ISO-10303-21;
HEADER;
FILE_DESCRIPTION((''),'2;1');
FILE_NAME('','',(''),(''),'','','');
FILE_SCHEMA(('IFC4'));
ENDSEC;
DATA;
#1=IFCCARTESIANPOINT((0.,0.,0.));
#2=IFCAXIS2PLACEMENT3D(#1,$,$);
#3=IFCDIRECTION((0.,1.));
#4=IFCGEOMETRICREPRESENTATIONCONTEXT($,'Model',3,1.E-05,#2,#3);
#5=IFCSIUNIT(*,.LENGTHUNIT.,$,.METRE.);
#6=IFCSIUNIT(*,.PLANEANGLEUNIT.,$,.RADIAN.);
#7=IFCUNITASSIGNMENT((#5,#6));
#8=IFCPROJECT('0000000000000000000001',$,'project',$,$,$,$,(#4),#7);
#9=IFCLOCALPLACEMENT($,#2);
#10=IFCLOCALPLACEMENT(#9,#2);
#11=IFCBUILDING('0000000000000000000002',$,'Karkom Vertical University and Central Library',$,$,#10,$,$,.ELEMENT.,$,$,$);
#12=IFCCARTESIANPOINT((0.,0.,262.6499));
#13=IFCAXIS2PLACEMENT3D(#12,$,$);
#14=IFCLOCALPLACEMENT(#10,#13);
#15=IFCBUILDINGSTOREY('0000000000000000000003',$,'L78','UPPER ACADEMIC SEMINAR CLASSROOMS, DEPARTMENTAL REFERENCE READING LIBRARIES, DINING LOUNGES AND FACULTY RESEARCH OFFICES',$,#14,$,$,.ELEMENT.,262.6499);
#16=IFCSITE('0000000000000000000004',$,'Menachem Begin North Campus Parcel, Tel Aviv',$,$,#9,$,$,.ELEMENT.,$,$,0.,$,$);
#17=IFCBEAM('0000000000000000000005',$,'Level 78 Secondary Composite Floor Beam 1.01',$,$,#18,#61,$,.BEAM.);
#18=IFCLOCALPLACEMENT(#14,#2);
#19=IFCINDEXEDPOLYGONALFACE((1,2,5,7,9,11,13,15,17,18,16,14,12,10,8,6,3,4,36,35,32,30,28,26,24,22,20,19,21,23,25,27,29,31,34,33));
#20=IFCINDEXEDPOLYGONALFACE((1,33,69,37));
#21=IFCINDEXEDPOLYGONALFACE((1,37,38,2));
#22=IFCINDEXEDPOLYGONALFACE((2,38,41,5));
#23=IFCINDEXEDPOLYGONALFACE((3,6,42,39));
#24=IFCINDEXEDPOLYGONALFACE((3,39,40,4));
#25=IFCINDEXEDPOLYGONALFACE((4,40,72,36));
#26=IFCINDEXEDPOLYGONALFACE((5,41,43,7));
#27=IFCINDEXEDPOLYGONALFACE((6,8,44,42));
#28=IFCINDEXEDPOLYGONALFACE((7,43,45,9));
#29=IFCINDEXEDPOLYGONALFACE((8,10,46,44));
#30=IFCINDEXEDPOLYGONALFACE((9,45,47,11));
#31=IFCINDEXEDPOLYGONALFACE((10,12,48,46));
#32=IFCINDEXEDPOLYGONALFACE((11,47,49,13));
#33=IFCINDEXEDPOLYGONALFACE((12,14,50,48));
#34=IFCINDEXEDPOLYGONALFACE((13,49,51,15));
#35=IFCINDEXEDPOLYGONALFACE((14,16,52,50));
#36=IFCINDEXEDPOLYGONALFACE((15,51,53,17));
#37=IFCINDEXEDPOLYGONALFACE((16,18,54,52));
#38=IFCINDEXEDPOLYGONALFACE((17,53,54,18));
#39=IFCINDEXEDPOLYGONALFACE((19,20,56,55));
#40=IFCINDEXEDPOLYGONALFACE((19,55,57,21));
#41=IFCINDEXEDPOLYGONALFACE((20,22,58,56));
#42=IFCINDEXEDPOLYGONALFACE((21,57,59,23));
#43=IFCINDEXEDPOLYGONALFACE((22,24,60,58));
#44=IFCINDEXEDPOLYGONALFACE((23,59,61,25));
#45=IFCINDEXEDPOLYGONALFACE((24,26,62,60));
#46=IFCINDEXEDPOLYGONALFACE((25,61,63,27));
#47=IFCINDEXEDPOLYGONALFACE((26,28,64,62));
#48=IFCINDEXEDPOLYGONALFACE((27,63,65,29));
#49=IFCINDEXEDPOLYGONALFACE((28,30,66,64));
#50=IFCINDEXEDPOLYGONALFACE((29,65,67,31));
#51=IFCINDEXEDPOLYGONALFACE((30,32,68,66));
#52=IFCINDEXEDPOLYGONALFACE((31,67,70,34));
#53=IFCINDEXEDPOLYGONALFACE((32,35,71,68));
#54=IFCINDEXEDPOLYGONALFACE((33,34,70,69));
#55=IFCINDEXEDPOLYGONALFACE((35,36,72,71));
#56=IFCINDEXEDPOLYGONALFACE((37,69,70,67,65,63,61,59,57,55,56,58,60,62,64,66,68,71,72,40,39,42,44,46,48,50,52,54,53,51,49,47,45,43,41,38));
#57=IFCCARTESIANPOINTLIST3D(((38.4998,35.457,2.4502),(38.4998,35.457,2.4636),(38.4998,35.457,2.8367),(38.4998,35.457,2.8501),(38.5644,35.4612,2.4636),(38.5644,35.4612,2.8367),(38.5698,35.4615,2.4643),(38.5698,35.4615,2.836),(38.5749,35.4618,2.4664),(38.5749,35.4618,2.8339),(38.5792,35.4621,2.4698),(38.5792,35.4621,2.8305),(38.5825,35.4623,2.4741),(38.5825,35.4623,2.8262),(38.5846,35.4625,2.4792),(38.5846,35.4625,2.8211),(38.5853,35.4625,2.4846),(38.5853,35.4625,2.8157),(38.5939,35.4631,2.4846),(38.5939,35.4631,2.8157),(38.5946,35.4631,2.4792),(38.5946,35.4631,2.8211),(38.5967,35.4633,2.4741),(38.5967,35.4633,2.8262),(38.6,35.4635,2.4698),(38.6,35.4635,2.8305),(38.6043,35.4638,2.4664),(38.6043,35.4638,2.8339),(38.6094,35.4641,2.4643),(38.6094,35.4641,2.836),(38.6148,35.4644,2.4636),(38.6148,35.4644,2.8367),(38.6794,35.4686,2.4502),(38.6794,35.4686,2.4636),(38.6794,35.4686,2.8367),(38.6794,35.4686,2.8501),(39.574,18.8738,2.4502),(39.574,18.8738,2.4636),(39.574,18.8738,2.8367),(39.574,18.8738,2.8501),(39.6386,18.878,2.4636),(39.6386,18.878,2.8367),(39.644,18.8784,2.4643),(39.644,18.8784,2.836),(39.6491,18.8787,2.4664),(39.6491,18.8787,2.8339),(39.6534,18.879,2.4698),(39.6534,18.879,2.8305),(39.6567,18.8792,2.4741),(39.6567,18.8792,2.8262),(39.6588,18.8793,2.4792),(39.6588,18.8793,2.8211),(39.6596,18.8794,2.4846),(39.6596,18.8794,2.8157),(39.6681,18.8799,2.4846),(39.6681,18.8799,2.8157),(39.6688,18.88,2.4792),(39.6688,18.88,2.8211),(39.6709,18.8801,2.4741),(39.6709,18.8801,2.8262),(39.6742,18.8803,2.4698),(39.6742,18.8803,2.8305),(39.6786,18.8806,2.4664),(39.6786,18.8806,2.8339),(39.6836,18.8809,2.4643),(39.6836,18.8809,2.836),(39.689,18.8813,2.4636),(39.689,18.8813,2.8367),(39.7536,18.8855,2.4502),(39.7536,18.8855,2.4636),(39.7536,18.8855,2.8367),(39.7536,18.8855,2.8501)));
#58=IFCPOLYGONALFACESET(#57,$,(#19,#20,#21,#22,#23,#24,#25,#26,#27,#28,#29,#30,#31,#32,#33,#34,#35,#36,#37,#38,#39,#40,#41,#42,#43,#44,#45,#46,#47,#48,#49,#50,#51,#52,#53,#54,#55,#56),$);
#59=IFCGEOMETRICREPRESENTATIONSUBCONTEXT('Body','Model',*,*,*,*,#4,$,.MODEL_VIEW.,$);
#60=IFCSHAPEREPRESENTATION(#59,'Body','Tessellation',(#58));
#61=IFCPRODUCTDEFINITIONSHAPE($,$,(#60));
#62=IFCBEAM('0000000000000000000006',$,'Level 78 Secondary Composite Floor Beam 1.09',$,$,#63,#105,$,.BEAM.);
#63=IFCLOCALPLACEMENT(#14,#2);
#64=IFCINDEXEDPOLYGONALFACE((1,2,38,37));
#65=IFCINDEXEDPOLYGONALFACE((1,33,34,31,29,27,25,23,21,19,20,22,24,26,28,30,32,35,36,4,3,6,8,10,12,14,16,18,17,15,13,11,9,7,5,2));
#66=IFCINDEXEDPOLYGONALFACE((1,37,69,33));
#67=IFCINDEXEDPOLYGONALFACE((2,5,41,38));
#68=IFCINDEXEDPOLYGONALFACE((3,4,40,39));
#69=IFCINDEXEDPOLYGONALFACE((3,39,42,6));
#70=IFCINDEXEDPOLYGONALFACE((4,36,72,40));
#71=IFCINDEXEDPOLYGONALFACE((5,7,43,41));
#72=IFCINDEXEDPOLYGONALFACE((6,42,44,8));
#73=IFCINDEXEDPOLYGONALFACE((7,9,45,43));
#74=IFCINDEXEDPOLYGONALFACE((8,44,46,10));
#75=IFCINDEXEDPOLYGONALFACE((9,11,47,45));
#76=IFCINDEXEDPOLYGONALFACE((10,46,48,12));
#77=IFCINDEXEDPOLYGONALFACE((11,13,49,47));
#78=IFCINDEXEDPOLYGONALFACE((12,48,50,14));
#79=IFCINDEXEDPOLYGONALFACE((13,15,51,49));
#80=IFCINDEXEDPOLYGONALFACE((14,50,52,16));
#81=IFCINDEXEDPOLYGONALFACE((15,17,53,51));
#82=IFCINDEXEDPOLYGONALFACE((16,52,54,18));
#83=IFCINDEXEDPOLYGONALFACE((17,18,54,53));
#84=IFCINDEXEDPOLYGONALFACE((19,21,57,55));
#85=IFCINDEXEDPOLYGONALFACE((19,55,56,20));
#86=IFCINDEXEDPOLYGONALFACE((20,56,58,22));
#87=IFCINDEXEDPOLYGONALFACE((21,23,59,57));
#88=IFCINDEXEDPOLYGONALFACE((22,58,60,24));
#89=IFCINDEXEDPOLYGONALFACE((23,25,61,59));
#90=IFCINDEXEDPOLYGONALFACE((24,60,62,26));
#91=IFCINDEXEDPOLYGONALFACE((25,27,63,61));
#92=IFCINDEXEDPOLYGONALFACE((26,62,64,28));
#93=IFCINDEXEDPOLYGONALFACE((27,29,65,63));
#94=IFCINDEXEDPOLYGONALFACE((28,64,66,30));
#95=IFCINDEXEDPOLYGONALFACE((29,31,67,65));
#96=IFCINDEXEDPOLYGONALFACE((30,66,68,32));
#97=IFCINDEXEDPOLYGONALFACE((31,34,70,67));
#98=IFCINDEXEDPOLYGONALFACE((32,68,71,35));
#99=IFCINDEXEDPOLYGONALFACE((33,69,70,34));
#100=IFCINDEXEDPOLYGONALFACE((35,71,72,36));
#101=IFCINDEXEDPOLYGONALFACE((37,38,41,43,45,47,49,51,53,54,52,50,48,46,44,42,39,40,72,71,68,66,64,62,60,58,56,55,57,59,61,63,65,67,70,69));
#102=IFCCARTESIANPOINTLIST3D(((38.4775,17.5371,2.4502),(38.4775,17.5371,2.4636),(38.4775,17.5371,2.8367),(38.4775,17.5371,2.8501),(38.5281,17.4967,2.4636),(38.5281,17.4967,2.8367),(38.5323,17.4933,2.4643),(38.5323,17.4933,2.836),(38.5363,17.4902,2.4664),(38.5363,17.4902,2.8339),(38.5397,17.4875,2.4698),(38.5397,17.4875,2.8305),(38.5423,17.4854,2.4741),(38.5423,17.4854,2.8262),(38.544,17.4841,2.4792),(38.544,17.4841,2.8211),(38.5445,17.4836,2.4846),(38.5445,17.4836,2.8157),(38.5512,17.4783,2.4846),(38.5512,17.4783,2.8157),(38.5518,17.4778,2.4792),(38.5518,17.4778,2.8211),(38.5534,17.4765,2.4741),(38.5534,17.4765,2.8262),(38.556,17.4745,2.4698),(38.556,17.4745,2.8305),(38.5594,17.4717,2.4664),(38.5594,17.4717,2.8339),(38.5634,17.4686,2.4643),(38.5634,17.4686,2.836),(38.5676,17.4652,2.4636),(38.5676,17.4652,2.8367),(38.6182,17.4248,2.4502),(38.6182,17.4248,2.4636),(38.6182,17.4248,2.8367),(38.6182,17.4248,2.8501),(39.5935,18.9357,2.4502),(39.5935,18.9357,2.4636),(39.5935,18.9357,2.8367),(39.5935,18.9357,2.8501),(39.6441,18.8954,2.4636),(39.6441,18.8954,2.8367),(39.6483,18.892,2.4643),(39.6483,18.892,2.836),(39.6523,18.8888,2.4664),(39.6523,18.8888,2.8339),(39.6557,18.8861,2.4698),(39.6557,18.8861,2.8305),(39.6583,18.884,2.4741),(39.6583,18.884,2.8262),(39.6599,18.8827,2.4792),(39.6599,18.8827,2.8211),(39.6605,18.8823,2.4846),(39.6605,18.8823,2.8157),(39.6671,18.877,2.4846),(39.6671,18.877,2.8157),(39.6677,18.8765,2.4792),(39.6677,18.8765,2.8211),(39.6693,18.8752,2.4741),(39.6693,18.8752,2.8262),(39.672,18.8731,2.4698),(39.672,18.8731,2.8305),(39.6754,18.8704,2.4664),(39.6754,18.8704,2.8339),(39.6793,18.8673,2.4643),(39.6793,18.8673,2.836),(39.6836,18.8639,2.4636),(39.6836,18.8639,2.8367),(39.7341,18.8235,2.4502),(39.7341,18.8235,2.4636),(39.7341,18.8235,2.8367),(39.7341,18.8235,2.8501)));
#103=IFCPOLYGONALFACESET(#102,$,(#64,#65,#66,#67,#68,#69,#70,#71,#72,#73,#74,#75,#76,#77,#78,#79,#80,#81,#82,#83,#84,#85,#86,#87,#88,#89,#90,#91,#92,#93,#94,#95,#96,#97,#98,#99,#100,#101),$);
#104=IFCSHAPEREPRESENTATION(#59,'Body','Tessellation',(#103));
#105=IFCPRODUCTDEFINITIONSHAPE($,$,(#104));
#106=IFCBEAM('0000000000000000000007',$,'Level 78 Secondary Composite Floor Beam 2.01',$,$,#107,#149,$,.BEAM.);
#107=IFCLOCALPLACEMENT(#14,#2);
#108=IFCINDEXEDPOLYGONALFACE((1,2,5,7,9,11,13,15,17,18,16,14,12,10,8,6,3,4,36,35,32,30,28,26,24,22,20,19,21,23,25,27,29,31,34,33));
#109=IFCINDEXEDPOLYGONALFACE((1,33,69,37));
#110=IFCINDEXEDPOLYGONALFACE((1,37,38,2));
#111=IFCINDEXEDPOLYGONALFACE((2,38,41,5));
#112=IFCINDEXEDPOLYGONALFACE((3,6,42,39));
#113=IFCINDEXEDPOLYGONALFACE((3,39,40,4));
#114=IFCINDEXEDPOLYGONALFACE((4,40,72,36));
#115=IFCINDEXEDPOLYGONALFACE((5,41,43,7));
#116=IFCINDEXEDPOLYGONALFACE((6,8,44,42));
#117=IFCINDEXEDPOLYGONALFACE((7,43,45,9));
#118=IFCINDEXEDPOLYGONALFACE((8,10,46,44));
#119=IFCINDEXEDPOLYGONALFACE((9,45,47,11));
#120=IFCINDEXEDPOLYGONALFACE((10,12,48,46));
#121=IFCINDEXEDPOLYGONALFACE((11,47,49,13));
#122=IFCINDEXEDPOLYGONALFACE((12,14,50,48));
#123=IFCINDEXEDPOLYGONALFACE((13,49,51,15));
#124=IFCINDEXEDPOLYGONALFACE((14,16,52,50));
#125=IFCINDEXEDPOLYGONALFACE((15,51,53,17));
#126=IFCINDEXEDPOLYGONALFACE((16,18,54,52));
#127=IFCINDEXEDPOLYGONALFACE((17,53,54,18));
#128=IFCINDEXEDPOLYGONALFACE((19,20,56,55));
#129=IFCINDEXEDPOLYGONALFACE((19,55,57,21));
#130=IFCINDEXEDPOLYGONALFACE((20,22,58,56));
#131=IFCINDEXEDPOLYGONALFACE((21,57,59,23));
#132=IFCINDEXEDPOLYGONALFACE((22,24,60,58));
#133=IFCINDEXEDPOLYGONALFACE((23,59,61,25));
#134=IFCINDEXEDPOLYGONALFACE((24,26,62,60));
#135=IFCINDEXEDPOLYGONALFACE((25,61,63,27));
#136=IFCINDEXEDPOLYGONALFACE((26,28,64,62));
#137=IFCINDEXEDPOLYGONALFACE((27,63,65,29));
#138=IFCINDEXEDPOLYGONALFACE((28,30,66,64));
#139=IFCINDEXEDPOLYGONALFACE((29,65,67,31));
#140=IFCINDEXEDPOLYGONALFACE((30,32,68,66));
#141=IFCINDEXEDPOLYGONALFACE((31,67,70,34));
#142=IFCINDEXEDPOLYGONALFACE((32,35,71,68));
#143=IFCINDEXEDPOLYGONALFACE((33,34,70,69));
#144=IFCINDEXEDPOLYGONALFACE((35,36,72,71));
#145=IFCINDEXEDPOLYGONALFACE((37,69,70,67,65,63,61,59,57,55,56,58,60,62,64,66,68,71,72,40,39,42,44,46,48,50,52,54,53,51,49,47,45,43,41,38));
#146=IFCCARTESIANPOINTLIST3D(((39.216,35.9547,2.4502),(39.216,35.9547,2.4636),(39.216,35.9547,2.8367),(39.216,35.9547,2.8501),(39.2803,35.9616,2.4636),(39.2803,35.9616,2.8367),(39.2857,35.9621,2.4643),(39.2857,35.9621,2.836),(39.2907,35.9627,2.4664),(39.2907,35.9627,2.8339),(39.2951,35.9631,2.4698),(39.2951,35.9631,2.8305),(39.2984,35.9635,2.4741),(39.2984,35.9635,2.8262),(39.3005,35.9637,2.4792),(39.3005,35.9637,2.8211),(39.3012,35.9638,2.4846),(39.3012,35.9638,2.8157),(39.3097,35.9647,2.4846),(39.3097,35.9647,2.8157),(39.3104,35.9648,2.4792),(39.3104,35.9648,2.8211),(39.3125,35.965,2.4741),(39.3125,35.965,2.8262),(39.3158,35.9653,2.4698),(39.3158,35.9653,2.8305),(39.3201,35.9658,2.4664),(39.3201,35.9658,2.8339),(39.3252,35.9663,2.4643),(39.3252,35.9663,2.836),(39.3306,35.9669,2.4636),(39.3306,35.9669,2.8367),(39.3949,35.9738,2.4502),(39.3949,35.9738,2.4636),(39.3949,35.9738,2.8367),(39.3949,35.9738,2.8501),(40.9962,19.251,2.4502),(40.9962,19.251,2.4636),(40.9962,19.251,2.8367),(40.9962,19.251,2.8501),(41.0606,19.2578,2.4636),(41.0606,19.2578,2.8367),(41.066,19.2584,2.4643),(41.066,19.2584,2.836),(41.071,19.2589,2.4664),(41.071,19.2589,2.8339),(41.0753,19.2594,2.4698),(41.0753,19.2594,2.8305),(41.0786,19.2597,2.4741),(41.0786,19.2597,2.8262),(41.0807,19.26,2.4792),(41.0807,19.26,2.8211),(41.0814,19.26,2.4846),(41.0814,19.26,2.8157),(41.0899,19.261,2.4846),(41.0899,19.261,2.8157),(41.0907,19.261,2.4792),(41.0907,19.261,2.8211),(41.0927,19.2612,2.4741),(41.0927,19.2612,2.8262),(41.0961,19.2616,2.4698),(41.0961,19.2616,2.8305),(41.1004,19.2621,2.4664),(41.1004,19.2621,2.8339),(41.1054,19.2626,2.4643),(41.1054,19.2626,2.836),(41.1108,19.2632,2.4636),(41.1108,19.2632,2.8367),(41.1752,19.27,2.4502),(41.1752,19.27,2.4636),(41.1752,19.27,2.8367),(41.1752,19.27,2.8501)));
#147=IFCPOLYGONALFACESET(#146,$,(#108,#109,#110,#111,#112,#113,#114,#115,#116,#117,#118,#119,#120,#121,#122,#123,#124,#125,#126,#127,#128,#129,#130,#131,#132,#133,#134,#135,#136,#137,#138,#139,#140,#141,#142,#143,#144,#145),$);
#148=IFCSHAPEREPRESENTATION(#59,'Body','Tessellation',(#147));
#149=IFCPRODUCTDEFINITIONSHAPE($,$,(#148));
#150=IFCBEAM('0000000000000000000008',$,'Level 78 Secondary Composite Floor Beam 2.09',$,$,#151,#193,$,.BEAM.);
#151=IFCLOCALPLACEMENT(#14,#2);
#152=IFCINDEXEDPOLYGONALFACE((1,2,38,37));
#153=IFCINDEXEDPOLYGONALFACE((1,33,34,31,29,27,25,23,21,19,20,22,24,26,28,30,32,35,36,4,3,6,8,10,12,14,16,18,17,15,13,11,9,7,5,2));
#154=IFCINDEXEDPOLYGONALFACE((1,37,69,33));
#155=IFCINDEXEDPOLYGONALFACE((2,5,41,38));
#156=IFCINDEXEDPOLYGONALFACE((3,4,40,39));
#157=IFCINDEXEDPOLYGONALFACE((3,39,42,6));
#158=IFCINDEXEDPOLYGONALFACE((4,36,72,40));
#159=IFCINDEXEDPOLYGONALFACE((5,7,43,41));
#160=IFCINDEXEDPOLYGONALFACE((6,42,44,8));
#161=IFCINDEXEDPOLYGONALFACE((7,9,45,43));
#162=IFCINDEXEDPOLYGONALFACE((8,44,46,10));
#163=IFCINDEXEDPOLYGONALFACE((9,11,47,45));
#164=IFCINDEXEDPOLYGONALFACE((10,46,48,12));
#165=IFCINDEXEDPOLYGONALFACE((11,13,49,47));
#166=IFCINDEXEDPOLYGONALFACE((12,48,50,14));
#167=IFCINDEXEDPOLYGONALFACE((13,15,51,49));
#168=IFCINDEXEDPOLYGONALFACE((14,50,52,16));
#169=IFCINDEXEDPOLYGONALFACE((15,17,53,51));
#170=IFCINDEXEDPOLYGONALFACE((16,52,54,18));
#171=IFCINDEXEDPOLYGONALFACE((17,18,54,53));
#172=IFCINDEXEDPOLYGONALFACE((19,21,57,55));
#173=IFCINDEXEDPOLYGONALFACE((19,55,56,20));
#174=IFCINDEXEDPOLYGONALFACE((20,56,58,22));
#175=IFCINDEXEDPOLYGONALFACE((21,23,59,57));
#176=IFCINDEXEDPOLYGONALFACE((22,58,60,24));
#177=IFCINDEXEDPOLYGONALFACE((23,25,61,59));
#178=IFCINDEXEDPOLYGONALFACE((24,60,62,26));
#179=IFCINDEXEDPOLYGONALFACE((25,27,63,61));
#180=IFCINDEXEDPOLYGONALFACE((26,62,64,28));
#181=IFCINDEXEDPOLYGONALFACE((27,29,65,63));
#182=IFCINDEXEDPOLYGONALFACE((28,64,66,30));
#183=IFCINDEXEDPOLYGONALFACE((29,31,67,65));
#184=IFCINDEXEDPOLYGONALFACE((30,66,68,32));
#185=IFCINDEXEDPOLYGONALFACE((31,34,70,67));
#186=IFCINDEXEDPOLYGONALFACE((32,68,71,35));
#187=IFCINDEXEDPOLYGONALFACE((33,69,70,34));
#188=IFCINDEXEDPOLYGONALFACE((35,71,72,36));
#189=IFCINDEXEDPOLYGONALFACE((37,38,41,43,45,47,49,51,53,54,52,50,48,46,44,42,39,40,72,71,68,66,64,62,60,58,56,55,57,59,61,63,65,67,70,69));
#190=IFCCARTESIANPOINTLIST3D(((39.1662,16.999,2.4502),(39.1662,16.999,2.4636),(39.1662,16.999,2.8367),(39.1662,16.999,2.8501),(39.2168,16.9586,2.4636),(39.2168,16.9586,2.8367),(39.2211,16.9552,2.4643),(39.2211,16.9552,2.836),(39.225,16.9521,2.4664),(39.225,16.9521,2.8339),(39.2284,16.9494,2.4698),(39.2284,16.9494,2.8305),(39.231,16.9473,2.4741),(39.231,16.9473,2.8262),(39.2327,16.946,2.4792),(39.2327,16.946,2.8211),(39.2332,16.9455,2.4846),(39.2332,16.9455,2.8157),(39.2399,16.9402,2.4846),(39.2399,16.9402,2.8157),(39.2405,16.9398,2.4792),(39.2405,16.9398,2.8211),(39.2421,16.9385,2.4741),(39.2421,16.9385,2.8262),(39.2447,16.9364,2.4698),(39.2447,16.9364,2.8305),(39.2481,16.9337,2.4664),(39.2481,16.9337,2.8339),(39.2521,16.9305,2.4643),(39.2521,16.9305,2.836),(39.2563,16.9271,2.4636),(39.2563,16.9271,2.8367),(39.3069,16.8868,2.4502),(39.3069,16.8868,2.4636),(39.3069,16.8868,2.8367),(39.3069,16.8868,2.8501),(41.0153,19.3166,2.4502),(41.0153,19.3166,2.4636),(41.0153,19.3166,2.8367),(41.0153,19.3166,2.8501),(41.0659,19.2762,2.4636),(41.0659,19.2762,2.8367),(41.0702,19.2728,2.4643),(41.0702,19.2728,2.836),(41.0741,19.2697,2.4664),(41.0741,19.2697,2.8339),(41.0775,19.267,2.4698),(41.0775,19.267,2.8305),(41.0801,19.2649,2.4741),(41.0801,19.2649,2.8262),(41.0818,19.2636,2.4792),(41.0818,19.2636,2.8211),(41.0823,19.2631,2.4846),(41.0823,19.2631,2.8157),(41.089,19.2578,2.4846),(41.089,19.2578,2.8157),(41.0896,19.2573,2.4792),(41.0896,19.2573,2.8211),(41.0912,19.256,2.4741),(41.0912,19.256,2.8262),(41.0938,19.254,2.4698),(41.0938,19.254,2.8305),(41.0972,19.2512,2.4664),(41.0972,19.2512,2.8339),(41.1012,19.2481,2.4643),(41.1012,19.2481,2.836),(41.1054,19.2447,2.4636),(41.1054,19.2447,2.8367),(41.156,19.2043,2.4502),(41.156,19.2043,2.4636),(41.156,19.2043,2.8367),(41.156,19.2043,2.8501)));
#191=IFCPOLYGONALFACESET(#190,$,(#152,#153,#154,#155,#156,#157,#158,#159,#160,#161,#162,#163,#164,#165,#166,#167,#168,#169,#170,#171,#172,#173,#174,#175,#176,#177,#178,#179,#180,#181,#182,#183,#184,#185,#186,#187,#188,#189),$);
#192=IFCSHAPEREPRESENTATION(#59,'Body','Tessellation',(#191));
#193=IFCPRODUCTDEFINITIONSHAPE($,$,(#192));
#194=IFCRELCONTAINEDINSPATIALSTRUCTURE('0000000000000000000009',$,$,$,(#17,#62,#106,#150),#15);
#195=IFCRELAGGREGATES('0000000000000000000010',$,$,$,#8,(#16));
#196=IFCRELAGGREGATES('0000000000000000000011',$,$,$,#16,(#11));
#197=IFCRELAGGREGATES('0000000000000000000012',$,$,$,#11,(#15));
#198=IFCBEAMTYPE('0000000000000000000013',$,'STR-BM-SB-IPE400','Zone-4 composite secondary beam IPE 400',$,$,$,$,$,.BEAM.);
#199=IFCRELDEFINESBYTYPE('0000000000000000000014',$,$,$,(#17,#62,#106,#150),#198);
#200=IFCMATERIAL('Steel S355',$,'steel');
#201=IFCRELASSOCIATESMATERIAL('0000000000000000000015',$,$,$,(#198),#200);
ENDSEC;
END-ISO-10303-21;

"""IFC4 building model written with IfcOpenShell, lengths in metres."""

from ifc_helpers import new_model, si_unit, direction, frame, origin, origin_with_axes, origin_2d, place, context, subcontext, project, spatial, i_section, extrude, source, transform, mapped, material, material_profile, profile_set, type_object, element, save


model = new_model("IFC4")

# Units and contexts
model_context = context("Model", 3, precision=1e-05, world=origin(), true_north=direction((0.0, 1.0)))
body_context = subcontext(model_context, "Body", "Model", "MODEL_VIEW")
ifc_project = project(units=[si_unit("LENGTHUNIT", "METRE"), si_unit("PLANEANGLEUNIT", "RADIAN")], contexts=[model_context])

# Site, building, storey
site_placement = place(None, origin())
site = spatial("IfcSite", under=ifc_project, at=site_placement, Name="Menachem Begin North Campus Parcel, Tel Aviv", CompositionType="ELEMENT", RefElevation=0.0)
building_placement = place(site_placement, origin())
building = spatial("IfcBuilding", under=site, at=building_placement, Name="Karkom Vertical University and Central Library", CompositionType="ELEMENT")
storey_placement = place(building_placement, frame((0.0, 0.0, 262.6499)))
storey = spatial("IfcBuildingStorey", under=building, at=storey_placement, Name="L78", Description="UPPER ACADEMIC SEMINAR CLASSROOMS, DEPARTMENTAL REFERENCE READING LIBRARIES, DINING LOUNGES AND FACULTY RESEARCH OFFICES", CompositionType="ELEMENT", Elevation=262.6499)

# Beams
ifc_material_1 = material(Name="Steel S355", Category="steel")
ifc_material_profile_1 = material_profile(ifc_material_1, i_section(OverallWidth=0.1799, OverallDepth=0.3999, WebThickness=0.0085, FlangeThickness=0.0134, FilletRadius=0.021, at=origin_2d()), Name="IPE 400")
ifc_profile_set_1 = profile_set([ifc_material_profile_1], Name="Steel S355")
beam_type_1 = type_object("IfcBeamType", Name="STR-BM-SB-IPE400", Description="Zone-4 composite secondary beam IPE 400", PredefinedType="BEAM", material=ifc_profile_set_1)
shared_shape_1 = source(origin_with_axes(), body_context, "Body", "SweptSolid", [
    extrude(i_section(OverallWidth=0.1799, OverallDepth=0.3999, WebThickness=0.0085, FlangeThickness=0.0134, FilletRadius=0.021, at=origin_2d()), origin(), (0.0, 0.0, 1.0), 16.6179),
])
beam_1_placement = place(storey_placement, frame((39.6638, 18.8796, 2.6501), z_axis=(-0.064642, 0.997909, 0.0), x_axis=(-0.997909, -0.064642, 0.0)))
element("IfcBeam", 1, at=beam_1_placement, inside=storey, type_object=beam_type_1, Name="Level 78 Secondary Composite Floor Beam 1.01", PredefinedType="BEAM", context=body_context, shape_type="MappedRepresentation", body=[
    mapped(shared_shape_1, transform((0.0, 0.0, 0.0), scale=1.0)),
])
shared_shape_2 = source(origin_with_axes(), body_context, "Body", "SweptSolid", [
    extrude(i_section(OverallWidth=0.1799, OverallDepth=0.3999, WebThickness=0.0085, FlangeThickness=0.0134, FilletRadius=0.021, at=origin_2d()), origin(), (0.0, 0.0, 1.0), 1.7893),
])
beam_2_placement = place(storey_placement, frame((38.5479, 17.481, 2.6501), z_axis=(0.62368, 0.78168, 0.0), x_axis=(-0.78168, 0.62368, 0.0)))
element("IfcBeam", 2, at=beam_2_placement, inside=storey, type_object=beam_type_1, Name="Level 78 Secondary Composite Floor Beam 1.09", PredefinedType="BEAM", context=body_context, shape_type="MappedRepresentation", body=[
    mapped(shared_shape_2, transform((0.0, 0.0, 0.0), scale=1.0)),
])
shared_shape_3 = source(origin_with_axes(), body_context, "Body", "SweptSolid", [
    extrude(i_section(OverallWidth=0.1799, OverallDepth=0.3999, WebThickness=0.0085, FlangeThickness=0.0134, FilletRadius=0.021, at=origin_2d()), origin(), (0.0, 0.0, 1.0), 16.7983),
])
beam_3_placement = place(storey_placement, frame((41.0857, 19.2605, 2.6501), z_axis=(-0.105978, 0.994368, 0.0), x_axis=(-0.994368, -0.105978, 0.0)))
element("IfcBeam", 3, at=beam_3_placement, inside=storey, type_object=beam_type_1, Name="Level 78 Secondary Composite Floor Beam 2.01", PredefinedType="BEAM", context=body_context, shape_type="MappedRepresentation", body=[
    mapped(shared_shape_3, transform((0.0, 0.0, 0.0), scale=1.0)),
])
shared_shape_4 = source(origin_with_axes(), body_context, "Body", "SweptSolid", [
    extrude(i_section(OverallWidth=0.1799, OverallDepth=0.3999, WebThickness=0.0085, FlangeThickness=0.0134, FilletRadius=0.021, at=origin_2d()), origin(), (0.0, 0.0, 1.0), 2.9648),
])
beam_4_placement = place(storey_placement, frame((39.2366, 16.9429, 2.6501), z_axis=(0.62367, 0.781688, 0.0), x_axis=(-0.781688, 0.62367, 0.0)))
element("IfcBeam", 4, at=beam_4_placement, inside=storey, type_object=beam_type_1, Name="Level 78 Secondary Composite Floor Beam 2.09", PredefinedType="BEAM", context=body_context, shape_type="MappedRepresentation", body=[
    mapped(shared_shape_4, transform((0.0, 0.0, 0.0), scale=1.0)),
])

save(model, "model.ifc")
